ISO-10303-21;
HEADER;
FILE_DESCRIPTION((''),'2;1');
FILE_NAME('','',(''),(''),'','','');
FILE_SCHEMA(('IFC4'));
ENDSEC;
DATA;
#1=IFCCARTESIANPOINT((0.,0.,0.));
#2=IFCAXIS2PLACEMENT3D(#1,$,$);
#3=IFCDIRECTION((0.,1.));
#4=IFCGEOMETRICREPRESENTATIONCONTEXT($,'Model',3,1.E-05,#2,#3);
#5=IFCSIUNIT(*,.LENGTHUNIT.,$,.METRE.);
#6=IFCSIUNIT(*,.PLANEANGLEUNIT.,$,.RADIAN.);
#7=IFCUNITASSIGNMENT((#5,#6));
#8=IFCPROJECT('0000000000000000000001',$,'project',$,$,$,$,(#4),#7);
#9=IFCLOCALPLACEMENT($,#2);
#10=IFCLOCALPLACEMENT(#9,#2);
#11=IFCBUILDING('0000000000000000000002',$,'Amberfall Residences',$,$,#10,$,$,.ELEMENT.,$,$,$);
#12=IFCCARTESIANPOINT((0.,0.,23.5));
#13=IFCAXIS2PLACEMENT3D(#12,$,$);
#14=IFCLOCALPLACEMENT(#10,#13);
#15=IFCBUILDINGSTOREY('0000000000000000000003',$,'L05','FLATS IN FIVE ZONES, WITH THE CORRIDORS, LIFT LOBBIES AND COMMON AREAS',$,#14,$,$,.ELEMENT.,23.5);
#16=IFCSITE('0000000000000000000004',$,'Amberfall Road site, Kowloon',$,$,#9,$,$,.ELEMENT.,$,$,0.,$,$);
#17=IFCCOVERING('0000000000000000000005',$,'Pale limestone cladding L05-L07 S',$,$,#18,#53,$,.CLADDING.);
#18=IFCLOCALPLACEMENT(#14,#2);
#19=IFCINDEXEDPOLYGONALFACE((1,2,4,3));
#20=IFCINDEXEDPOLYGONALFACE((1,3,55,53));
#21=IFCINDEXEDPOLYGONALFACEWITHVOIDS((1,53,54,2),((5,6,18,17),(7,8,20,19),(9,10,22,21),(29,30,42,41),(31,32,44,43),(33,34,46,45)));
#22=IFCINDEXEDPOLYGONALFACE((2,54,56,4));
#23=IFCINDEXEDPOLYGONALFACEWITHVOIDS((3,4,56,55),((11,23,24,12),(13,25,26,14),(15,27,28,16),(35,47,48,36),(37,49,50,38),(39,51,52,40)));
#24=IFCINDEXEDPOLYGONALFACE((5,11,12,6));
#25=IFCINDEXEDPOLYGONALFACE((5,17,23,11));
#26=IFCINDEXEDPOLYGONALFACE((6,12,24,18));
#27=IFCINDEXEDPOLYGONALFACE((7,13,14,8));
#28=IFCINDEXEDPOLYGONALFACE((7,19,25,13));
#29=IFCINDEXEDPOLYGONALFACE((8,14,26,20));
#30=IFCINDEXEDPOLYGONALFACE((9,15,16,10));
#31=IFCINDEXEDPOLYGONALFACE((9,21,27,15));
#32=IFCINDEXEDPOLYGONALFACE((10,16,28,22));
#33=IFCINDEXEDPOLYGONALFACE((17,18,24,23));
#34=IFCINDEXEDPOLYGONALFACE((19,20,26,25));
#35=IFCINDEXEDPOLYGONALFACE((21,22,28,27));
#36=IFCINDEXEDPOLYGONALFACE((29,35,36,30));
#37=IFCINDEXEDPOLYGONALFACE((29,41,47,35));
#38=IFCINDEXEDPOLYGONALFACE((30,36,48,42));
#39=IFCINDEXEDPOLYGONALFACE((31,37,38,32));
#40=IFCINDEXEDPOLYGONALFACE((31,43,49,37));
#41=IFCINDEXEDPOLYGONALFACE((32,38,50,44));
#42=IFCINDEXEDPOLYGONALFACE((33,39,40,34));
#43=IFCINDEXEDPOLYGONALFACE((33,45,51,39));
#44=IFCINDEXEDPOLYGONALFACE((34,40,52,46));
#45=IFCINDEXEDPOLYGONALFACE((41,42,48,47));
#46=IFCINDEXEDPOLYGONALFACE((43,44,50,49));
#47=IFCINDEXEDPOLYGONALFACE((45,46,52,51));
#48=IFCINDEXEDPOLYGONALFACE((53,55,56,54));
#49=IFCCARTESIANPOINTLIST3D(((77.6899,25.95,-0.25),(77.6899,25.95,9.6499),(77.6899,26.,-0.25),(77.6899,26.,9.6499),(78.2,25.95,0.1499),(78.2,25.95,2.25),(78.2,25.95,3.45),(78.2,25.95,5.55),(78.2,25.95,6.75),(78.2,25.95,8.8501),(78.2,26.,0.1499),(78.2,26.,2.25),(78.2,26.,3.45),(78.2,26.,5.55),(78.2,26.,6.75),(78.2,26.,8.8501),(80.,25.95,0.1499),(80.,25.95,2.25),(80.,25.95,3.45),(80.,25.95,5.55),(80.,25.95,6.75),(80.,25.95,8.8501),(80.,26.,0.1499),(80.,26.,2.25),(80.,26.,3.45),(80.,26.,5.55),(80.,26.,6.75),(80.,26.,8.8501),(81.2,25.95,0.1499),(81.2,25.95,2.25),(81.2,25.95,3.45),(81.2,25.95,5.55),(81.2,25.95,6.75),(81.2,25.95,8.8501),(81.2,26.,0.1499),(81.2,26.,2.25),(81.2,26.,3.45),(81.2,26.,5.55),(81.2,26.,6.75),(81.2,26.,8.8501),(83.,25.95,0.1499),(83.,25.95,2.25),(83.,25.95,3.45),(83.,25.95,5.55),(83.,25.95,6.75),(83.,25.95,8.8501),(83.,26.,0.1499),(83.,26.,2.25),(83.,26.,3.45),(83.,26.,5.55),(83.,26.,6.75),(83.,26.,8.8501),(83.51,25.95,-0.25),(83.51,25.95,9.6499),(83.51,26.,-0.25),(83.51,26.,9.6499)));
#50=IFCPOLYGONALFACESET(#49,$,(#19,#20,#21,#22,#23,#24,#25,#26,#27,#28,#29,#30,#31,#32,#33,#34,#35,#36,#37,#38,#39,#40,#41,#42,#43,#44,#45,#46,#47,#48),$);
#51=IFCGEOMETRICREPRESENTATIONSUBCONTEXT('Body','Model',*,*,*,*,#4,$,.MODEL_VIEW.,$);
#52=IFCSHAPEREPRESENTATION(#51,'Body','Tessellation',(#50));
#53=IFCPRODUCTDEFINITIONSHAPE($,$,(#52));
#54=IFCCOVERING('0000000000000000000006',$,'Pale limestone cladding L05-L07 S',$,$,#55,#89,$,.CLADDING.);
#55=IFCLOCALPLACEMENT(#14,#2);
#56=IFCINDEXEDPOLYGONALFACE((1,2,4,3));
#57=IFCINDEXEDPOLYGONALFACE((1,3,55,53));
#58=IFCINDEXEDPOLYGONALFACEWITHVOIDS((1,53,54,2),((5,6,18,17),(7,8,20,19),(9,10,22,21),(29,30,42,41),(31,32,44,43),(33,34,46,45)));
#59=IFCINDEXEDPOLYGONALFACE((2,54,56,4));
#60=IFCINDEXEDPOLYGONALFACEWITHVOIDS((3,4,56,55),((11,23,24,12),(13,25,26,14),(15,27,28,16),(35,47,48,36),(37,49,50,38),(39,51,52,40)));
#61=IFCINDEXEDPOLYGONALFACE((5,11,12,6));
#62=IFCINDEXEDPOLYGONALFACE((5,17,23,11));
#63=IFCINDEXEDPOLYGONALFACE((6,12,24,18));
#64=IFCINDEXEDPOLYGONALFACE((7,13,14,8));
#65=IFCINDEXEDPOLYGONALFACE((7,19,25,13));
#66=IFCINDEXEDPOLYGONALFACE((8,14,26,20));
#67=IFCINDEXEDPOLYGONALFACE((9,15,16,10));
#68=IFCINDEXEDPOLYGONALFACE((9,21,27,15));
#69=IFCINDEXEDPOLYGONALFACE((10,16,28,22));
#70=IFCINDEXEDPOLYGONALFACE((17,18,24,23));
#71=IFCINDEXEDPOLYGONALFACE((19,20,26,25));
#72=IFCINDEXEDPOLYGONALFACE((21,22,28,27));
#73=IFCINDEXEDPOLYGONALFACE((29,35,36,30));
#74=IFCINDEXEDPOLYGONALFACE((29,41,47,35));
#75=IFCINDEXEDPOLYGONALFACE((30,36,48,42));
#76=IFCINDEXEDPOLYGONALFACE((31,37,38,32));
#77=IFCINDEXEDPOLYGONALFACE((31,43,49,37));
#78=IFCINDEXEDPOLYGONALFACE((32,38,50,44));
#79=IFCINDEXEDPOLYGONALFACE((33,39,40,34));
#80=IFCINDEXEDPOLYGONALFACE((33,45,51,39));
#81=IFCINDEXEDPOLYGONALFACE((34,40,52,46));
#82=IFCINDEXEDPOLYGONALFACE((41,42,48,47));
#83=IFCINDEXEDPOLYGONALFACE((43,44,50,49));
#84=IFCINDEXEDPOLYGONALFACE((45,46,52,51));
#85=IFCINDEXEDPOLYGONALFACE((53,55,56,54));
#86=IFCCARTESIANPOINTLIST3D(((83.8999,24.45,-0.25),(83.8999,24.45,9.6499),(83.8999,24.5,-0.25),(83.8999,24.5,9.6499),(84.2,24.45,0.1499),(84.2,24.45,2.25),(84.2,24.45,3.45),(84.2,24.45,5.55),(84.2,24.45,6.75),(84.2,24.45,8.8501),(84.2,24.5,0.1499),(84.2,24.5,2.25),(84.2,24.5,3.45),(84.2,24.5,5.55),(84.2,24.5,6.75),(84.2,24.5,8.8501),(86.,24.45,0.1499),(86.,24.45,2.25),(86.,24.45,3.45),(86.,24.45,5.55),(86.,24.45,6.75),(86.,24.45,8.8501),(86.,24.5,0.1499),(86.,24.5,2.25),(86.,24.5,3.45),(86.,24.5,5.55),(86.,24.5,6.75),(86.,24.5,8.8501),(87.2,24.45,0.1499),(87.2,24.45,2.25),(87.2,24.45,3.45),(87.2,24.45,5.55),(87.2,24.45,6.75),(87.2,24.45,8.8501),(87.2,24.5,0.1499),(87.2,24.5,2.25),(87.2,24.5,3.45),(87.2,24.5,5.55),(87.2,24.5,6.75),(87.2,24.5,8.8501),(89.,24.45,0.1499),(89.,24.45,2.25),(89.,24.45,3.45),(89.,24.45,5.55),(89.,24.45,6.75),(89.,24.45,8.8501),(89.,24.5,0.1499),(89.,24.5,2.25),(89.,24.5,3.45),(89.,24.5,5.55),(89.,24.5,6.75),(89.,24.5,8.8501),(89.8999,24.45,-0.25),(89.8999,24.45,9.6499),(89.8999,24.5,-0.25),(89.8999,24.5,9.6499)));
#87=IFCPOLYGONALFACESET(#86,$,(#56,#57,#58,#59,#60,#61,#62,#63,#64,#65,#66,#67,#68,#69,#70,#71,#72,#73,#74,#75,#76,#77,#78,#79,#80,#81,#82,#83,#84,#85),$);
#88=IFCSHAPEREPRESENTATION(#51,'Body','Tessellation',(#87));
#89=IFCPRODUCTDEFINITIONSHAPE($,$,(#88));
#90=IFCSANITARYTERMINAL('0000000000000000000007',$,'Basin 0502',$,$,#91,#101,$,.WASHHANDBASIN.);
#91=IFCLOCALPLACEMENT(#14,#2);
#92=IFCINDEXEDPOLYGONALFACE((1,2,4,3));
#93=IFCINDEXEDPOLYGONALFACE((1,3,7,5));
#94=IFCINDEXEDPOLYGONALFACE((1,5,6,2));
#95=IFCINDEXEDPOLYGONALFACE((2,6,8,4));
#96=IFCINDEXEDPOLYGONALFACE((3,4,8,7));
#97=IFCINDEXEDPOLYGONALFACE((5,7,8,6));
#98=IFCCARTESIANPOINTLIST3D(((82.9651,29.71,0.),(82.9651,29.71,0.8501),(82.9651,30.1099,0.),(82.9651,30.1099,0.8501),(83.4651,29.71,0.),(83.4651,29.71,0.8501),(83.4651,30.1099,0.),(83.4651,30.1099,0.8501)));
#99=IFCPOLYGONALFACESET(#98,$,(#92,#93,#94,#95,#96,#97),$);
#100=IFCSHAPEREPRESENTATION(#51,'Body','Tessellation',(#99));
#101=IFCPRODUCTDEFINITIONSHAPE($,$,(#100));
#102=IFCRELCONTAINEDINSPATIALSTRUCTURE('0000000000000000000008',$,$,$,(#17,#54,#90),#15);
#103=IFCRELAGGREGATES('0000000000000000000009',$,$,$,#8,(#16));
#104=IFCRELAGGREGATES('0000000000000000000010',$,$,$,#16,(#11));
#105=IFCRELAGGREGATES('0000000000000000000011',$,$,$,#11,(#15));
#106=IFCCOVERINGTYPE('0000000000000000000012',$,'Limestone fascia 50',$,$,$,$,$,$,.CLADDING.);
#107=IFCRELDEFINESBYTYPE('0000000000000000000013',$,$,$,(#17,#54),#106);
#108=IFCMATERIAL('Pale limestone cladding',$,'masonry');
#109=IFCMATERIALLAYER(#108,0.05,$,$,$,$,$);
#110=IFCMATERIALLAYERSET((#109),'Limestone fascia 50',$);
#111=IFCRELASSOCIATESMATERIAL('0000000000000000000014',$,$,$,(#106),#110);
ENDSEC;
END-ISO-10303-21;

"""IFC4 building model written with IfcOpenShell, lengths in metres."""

from ifc_helpers import new_model, si_unit, direction, frame, origin, origin_2d, place, context, subcontext, project, spatial, polyline, rectangle, outline, extrude, material, layer, layer_set, type_object, element, save


model = new_model("IFC4")

# Units and contexts
model_context = context("Model", 3, precision=1e-05, world=origin(), true_north=direction((0.0, 1.0)))
body_context = subcontext(model_context, "Body", "Model", "MODEL_VIEW")
ifc_project = project(units=[si_unit("LENGTHUNIT", "METRE"), si_unit("PLANEANGLEUNIT", "RADIAN")], contexts=[model_context])

# Site, building, storey
site_placement = place(None, origin())
site = spatial("IfcSite", under=ifc_project, at=site_placement, Name="Amberfall Road site, Kowloon", CompositionType="ELEMENT", RefElevation=0.0)
building_placement = place(site_placement, origin())
building = spatial("IfcBuilding", under=site, at=building_placement, Name="Amberfall Residences", CompositionType="ELEMENT")
storey_placement = place(building_placement, frame((0.0, 0.0, 23.5)))
storey = spatial("IfcBuildingStorey", under=building, at=storey_placement, Name="L05", Description="FLATS IN FIVE ZONES, WITH THE CORRIDORS, LIFT LOBBIES AND COMMON AREAS", CompositionType="ELEMENT", Elevation=23.5)

# Coverings
ifc_material_1 = material(Name="Pale limestone cladding", Category="masonry")
ifc_layer_1 = layer(ifc_material_1, 0.05)
ifc_layer_set_1 = layer_set([ifc_layer_1], Name="Limestone fascia 50")
covering_type = type_object("IfcCoveringType", Name="Limestone fascia 50", PredefinedType="CLADDING", material=ifc_layer_set_1)
covering_1_placement = place(storey_placement, frame((77.6899, 26.0, 9.6499), z_axis=(0.0, 1.0, 0.0), x_axis=(1.0, 0.0, 0.0)))
element("IfcCovering", 1, at=covering_1_placement, inside=storey, type_object=covering_type, Name="Pale limestone cladding L05-L07 S", PredefinedType="CLADDING", context=body_context, shape_type="SweptSolid", body=[
    extrude(outline(polyline([(0.0, 0.0), (5.8201, 0.0), (5.8201, 9.8999), (0.0, 9.8999), (0.0, 0.0)]), holes=[polyline([(0.51, 7.3999), (2.3101, 7.3999), (2.3101, 9.5), (0.51, 9.5), (0.51, 7.3999)]), polyline([(3.51, 7.3999), (5.3101, 7.3999), (5.3101, 9.5), (3.51, 9.5), (3.51, 7.3999)]), polyline([(0.51, 4.0999), (2.3101, 4.0999), (2.3101, 6.2), (0.51, 6.2), (0.51, 4.0999)]), polyline([(3.51, 4.0999), (5.3101, 4.0999), (5.3101, 6.2), (3.51, 6.2), (3.51, 4.0999)]), polyline([(0.51, 0.7998), (2.3101, 0.7998), (2.3101, 2.8999), (0.51, 2.8999), (0.51, 0.7998)]), polyline([(3.51, 0.7998), (5.3101, 0.7998), (5.3101, 2.8999), (3.51, 2.8999), (3.51, 0.7998)])]), origin(), (0.0, 0.0, -1.0), 0.05),
])
covering_2_placement = place(storey_placement, frame((83.8999, 24.5, 9.6499), z_axis=(0.0, 1.0, 0.0), x_axis=(1.0, 0.0, 0.0)))
element("IfcCovering", 2, at=covering_2_placement, inside=storey, type_object=covering_type, Name="Pale limestone cladding L05-L07 S", PredefinedType="CLADDING", context=body_context, shape_type="SweptSolid", body=[
    extrude(outline(polyline([(0.0, 0.0), (6.0, 0.0), (6.0, 9.8999), (0.0, 9.8999), (0.0, 0.0)]), holes=[polyline([(0.3, 7.3999), (2.1001, 7.3999), (2.1001, 9.5), (0.3, 9.5), (0.3, 7.3999)]), polyline([(3.3, 7.3999), (5.1001, 7.3999), (5.1001, 9.5), (3.3, 9.5), (3.3, 7.3999)]), polyline([(0.3, 4.0999), (2.1001, 4.0999), (2.1001, 6.2), (0.3, 6.2), (0.3, 4.0999)]), polyline([(3.3, 4.0999), (5.1001, 4.0999), (5.1001, 6.2), (3.3, 6.2), (3.3, 4.0999)]), polyline([(0.3, 0.7998), (2.1001, 0.7998), (2.1001, 2.8999), (0.3, 2.8999), (0.3, 0.7998)]), polyline([(3.3, 0.7998), (5.1001, 0.7998), (5.1001, 2.8999), (3.3, 2.8999), (3.3, 0.7998)])]), origin(), (0.0, 0.0, -1.0), 0.05),
])

# Sanitary terminal
sanitary_terminal_placement = place(storey_placement, frame((83.2151, 29.9099, 0.0), z_axis=(0.0, 0.0, 1.0), x_axis=(1.0, 0.0, 0.0)))
element("IfcSanitaryTerminal", 3, at=sanitary_terminal_placement, inside=storey, Name="Basin 0502", PredefinedType="WASHHANDBASIN", context=body_context, shape_type="SweptSolid", body=[
    extrude(rectangle(XDim=0.5, YDim=0.3999, at=origin_2d()), origin(), (0.0, 0.0, 1.0), 0.8501),
])

save(model, "model.ifc")
